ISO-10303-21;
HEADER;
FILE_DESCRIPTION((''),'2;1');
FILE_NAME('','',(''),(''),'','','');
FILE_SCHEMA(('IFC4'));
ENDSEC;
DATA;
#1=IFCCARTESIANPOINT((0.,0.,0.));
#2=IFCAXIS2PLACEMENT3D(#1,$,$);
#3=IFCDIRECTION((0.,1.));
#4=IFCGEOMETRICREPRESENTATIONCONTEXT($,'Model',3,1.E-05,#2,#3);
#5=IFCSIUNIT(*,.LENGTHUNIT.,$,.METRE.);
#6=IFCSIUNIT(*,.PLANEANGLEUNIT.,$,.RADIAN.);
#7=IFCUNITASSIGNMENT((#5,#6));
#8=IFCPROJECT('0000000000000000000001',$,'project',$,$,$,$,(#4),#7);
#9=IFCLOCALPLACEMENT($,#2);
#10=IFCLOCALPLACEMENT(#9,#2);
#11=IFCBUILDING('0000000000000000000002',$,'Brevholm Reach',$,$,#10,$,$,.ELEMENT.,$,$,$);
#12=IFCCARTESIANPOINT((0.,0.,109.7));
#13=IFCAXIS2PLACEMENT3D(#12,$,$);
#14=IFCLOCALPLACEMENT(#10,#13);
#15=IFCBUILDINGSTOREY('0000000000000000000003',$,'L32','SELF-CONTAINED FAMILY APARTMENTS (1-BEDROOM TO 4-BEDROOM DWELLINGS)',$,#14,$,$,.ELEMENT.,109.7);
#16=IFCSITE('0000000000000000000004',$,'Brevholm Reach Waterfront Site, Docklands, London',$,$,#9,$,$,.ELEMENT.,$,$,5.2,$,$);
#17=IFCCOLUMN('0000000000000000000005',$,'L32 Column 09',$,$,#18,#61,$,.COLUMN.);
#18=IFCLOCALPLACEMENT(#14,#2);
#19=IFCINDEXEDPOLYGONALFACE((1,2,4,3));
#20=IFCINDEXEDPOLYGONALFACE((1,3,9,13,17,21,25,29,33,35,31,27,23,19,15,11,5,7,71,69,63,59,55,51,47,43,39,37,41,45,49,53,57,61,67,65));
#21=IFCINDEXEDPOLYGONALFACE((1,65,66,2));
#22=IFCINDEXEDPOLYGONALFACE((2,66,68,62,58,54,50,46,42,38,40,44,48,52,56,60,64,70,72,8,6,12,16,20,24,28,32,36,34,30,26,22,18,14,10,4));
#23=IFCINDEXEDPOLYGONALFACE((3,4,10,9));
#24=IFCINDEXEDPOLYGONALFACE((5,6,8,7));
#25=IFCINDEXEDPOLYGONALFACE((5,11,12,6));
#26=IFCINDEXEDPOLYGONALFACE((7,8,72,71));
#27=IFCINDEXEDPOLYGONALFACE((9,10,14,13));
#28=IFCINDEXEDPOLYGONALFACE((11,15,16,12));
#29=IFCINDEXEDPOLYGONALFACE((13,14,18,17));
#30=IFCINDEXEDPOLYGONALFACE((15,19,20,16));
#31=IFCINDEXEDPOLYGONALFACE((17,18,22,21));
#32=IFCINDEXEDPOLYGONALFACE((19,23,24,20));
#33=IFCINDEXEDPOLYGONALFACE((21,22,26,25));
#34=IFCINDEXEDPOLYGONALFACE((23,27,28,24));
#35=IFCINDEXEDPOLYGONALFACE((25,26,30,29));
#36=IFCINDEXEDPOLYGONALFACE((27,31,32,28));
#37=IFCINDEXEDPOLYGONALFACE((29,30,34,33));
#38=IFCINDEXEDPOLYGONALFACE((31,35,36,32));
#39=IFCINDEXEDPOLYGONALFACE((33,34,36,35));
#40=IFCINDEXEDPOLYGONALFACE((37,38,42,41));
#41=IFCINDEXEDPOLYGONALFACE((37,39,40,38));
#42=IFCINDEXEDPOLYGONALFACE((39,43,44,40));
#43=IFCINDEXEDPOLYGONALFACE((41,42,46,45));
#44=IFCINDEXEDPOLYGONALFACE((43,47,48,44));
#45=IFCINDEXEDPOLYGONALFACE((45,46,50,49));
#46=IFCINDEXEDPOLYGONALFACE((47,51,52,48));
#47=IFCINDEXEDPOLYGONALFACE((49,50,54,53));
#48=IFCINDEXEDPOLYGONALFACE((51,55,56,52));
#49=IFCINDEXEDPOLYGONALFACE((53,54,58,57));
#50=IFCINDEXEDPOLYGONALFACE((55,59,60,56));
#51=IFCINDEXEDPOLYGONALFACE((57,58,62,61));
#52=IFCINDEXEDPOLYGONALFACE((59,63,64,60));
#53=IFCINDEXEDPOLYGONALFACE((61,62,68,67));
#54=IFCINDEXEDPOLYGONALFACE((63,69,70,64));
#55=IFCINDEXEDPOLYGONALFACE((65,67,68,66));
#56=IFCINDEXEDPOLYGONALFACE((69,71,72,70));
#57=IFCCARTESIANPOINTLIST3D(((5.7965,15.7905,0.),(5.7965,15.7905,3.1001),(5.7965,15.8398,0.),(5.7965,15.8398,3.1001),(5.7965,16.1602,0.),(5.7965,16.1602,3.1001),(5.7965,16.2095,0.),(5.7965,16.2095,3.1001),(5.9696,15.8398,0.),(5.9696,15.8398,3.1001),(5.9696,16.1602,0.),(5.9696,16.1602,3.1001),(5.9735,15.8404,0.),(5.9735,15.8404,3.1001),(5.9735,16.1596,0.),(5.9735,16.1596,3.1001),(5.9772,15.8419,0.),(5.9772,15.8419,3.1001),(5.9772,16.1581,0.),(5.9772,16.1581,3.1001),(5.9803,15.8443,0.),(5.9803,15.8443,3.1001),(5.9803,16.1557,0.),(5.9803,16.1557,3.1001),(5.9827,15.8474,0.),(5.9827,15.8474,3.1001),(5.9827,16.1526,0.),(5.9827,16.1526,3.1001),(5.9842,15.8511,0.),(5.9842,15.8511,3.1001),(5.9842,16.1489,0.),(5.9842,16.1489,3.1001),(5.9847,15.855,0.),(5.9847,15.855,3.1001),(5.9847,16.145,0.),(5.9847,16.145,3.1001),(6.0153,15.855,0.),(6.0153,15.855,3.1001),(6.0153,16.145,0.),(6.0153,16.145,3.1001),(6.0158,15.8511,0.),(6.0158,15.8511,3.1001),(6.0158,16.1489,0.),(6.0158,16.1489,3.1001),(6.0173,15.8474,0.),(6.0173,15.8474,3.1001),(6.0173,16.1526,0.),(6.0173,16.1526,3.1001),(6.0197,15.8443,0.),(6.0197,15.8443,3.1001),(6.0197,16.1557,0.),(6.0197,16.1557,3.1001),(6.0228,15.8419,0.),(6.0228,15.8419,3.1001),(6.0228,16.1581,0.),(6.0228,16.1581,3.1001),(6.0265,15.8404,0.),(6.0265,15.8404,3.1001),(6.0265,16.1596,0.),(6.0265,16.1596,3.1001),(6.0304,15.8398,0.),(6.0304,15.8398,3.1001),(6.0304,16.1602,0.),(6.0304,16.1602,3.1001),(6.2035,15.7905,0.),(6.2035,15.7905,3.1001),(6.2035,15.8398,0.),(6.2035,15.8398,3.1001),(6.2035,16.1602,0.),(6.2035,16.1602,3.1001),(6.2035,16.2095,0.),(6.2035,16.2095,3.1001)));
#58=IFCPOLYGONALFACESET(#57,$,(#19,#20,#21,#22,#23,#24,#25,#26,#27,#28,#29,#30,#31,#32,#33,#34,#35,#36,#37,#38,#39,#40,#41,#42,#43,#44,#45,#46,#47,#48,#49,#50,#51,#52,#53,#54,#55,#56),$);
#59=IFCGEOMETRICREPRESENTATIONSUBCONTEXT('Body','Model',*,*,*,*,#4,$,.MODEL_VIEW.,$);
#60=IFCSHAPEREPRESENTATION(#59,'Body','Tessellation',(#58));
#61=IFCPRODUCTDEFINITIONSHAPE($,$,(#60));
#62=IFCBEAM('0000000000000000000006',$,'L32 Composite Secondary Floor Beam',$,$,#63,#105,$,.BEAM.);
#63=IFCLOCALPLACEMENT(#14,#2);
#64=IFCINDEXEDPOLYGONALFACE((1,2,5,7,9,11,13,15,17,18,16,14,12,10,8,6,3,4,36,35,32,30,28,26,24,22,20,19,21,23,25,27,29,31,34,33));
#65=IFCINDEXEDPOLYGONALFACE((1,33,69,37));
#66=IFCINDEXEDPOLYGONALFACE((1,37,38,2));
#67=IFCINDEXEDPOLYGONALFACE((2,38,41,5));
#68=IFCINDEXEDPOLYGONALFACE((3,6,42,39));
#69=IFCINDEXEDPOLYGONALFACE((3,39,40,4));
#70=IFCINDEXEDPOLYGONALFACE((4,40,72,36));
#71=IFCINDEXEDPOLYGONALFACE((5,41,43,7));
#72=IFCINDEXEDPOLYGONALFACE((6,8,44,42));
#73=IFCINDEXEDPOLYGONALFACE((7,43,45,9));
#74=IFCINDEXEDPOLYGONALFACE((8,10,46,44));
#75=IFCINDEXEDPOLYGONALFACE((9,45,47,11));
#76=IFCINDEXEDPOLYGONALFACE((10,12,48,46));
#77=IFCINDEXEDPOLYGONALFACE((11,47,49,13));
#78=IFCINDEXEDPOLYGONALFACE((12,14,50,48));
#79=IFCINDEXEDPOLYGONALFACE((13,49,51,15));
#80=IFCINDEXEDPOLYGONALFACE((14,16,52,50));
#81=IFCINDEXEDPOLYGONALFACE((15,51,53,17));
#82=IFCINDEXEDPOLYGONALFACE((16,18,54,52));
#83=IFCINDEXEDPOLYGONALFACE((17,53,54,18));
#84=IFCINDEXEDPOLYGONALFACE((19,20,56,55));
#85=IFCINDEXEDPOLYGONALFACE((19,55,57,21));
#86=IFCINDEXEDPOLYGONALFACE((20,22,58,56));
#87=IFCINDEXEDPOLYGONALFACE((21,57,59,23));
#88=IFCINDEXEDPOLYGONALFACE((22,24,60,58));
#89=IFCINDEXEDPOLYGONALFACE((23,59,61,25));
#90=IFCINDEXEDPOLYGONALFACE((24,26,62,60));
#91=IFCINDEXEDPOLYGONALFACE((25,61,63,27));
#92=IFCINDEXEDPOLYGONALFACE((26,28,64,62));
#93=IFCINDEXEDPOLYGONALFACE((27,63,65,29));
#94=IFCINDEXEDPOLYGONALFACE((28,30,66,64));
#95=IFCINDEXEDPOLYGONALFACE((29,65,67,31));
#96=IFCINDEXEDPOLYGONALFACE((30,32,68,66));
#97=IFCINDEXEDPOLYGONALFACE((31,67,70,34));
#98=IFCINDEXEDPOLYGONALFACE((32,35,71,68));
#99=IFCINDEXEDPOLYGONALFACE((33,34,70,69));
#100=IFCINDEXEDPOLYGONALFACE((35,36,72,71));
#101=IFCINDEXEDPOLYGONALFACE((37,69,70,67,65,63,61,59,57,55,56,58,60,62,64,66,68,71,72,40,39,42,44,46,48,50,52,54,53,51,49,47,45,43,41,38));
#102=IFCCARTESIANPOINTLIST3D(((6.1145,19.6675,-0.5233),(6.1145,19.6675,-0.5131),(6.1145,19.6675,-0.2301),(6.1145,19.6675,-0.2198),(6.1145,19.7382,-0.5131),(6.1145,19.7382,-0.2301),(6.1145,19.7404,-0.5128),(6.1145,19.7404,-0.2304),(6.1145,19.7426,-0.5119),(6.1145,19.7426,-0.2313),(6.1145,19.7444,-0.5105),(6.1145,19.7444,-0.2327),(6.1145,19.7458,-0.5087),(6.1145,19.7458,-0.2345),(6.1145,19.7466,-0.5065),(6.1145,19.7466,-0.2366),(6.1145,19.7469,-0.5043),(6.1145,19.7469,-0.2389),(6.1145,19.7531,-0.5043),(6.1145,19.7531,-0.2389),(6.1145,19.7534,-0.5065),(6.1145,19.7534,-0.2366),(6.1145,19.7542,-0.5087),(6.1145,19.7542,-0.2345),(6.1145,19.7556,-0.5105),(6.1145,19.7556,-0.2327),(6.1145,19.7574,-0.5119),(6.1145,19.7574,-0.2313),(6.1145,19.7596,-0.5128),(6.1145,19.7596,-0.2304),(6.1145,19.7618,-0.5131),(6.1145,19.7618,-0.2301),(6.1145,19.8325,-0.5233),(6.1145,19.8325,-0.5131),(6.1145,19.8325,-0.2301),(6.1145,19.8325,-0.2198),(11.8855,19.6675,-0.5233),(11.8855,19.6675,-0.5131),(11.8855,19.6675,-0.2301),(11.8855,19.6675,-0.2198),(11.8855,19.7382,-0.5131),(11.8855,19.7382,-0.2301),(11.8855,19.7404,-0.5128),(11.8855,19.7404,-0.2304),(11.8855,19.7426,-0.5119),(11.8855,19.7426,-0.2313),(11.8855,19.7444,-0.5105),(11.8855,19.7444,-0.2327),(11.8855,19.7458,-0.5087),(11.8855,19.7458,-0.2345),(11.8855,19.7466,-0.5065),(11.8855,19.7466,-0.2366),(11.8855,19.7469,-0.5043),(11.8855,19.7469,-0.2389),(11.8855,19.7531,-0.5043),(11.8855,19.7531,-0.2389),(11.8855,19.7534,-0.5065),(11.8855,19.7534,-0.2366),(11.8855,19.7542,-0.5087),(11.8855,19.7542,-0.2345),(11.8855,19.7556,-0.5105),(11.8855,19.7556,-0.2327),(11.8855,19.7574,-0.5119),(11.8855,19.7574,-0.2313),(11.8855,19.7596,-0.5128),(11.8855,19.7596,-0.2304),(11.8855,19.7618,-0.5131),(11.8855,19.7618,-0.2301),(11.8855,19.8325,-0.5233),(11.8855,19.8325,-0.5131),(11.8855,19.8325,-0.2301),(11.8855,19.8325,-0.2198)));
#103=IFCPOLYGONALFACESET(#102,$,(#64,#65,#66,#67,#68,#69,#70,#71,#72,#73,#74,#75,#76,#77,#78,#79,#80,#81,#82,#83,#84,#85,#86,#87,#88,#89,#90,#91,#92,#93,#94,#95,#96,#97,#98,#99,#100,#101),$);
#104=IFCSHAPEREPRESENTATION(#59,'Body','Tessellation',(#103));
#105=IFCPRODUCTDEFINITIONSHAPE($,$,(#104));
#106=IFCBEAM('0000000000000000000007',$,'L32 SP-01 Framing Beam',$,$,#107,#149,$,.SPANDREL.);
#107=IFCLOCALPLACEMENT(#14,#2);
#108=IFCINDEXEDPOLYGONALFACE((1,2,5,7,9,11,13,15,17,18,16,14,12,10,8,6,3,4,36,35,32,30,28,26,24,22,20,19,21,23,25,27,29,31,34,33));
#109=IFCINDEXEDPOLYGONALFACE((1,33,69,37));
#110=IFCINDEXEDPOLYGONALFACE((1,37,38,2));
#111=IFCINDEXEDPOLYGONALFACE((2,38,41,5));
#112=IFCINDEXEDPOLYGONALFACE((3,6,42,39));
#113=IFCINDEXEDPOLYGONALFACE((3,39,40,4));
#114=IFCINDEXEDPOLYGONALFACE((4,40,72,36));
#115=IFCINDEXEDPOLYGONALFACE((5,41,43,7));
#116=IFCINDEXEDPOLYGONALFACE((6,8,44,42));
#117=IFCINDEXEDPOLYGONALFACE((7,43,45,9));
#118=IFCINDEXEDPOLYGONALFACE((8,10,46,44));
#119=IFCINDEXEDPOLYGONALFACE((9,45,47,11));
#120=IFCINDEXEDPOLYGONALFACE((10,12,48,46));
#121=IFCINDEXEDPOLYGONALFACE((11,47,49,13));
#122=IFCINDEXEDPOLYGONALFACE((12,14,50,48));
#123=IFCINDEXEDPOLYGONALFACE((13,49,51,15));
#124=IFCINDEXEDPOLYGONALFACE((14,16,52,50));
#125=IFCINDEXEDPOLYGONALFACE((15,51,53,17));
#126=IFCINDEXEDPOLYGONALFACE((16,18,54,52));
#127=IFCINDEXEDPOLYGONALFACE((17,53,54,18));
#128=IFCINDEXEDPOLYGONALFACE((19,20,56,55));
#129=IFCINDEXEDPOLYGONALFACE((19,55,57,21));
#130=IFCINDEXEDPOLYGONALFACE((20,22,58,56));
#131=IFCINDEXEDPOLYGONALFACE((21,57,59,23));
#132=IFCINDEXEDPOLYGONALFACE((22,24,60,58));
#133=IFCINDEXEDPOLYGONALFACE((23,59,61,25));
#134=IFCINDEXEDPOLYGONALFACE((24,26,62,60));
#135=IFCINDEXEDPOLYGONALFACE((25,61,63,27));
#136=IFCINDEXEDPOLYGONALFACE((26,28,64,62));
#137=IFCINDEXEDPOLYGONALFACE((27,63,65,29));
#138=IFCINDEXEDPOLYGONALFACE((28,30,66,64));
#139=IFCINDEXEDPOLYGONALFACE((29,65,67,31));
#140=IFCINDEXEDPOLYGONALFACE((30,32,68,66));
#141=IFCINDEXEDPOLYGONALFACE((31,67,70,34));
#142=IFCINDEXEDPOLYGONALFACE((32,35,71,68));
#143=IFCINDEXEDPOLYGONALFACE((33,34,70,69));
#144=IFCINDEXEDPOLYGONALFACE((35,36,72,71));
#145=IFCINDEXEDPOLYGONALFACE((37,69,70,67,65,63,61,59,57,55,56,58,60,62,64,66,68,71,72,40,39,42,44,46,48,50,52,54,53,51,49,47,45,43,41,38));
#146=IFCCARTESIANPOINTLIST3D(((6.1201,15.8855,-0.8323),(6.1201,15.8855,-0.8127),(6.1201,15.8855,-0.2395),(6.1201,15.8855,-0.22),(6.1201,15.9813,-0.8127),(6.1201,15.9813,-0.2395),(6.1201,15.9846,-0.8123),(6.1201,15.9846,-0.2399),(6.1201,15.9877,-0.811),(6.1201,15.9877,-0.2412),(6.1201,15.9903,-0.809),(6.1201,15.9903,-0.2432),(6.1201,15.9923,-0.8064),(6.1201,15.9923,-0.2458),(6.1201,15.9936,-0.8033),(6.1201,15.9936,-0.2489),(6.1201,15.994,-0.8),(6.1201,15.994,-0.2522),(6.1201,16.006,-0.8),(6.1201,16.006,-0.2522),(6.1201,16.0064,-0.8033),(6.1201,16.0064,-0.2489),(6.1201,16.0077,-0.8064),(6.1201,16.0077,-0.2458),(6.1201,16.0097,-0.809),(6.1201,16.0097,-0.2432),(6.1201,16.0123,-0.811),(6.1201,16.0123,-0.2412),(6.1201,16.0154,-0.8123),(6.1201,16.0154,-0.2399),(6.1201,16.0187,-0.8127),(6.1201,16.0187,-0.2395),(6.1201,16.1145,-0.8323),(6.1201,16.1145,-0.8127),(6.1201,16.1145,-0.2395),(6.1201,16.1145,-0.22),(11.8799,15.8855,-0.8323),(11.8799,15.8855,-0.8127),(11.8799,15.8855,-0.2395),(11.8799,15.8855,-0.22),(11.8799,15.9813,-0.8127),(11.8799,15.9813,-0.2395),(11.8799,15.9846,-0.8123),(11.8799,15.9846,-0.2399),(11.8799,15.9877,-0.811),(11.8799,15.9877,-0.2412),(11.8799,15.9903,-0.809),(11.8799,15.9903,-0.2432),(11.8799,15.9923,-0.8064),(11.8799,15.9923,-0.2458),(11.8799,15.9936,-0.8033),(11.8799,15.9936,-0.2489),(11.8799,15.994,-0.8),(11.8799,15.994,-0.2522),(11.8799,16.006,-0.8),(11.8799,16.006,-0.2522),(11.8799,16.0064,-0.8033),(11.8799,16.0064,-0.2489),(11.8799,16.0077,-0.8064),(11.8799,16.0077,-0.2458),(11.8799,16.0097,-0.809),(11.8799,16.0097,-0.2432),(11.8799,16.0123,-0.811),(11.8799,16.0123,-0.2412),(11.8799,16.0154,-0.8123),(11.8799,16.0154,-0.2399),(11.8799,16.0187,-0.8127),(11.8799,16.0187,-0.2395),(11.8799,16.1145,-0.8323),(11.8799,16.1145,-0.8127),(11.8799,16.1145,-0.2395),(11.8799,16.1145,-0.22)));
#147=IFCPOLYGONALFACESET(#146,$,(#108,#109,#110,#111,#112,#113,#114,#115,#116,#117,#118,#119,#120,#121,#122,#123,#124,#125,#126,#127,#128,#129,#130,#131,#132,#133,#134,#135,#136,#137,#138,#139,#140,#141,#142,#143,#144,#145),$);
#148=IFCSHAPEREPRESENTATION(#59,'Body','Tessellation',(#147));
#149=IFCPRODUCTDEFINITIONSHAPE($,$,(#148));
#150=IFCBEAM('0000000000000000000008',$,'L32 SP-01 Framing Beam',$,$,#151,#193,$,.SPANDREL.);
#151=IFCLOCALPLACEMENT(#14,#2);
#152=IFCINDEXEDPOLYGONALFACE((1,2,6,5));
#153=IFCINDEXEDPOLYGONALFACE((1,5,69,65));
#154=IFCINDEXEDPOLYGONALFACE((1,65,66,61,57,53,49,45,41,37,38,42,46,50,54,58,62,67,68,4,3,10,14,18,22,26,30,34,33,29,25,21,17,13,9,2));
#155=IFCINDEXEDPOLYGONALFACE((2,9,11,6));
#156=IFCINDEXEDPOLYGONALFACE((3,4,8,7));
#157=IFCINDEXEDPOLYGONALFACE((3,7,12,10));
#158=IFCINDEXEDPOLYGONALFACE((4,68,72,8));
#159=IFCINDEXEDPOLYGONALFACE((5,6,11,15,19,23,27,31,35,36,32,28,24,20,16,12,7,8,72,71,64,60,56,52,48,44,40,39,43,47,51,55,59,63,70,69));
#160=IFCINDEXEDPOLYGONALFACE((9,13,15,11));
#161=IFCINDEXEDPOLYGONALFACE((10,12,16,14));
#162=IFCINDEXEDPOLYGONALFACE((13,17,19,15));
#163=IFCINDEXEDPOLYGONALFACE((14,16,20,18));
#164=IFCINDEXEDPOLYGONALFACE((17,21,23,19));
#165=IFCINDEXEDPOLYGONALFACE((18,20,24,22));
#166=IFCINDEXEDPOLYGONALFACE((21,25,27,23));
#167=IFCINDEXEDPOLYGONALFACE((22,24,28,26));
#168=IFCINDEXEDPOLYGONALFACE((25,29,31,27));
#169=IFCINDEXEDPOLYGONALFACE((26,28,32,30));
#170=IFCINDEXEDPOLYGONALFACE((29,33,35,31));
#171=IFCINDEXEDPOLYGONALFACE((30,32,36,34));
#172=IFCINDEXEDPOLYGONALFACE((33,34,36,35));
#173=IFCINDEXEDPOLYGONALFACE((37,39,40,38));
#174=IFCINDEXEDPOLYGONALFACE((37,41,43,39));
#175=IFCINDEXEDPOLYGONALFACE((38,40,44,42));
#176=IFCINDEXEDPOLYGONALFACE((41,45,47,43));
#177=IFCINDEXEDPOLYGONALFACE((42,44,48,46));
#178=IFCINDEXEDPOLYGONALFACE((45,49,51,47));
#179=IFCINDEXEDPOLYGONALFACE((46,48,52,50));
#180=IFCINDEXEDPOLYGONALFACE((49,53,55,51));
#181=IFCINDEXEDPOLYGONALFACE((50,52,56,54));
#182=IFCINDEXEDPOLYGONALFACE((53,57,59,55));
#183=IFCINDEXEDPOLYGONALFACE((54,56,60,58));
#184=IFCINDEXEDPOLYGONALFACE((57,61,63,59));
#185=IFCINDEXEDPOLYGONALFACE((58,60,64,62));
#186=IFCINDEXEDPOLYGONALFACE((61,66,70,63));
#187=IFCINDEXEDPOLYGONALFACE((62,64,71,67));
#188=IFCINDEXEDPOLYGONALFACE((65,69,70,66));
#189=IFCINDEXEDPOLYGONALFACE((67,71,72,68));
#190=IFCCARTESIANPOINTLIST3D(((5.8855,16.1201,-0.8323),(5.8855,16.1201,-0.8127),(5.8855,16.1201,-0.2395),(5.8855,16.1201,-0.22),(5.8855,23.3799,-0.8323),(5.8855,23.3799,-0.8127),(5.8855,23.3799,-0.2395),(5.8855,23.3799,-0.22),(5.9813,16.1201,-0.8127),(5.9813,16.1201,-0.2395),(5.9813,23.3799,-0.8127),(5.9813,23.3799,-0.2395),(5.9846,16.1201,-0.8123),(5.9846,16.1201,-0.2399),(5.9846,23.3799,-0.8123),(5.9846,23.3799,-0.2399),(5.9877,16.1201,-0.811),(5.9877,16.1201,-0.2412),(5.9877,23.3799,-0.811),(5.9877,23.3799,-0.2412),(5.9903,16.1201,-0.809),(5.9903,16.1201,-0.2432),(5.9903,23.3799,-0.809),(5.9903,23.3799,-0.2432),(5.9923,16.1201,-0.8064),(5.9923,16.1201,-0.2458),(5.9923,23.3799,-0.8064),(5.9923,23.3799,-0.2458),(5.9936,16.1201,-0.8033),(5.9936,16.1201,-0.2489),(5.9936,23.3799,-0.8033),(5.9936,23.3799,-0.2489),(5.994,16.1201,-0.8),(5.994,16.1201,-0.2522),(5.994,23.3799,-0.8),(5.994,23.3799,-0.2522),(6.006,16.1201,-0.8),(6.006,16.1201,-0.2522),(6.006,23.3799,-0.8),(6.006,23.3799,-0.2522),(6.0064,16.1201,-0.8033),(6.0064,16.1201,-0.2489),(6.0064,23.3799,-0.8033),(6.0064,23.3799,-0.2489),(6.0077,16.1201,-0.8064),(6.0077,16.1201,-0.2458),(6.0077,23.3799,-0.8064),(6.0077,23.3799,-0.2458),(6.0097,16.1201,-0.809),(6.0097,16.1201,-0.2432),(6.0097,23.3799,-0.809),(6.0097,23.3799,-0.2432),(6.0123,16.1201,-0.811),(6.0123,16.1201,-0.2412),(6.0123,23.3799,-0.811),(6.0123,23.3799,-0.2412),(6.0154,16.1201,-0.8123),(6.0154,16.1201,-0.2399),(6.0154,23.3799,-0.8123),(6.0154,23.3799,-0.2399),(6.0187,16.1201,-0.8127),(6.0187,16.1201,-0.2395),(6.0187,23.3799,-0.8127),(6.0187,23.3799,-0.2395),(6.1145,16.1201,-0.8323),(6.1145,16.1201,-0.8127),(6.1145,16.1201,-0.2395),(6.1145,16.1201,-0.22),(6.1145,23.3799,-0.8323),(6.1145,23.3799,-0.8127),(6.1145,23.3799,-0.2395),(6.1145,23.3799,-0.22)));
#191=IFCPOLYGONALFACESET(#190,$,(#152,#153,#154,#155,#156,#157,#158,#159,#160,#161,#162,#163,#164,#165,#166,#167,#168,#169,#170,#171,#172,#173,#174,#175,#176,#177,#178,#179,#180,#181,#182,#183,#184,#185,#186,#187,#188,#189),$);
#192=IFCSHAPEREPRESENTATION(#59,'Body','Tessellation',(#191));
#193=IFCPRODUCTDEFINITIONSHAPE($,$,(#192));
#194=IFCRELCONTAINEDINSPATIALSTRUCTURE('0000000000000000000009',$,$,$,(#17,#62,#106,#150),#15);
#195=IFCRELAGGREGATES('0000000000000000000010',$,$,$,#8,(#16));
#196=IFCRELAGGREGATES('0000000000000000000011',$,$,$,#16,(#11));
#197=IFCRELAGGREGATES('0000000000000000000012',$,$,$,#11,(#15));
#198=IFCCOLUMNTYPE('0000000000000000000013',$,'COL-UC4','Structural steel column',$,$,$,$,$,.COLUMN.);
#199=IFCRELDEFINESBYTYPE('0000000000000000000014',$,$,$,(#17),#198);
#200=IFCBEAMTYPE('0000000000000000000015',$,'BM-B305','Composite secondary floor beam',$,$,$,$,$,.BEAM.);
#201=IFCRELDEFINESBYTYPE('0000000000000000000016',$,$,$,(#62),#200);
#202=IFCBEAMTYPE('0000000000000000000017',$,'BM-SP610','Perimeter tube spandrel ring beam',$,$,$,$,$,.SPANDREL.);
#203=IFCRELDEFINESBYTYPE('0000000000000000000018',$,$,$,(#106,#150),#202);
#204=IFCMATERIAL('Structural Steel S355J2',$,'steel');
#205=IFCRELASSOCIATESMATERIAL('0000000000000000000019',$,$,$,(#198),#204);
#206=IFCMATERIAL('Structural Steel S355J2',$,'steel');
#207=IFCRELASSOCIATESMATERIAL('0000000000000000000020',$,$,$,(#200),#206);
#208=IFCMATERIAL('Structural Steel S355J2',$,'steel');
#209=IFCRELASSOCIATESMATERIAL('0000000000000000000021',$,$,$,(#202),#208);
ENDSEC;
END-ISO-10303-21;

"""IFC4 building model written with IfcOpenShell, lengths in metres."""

from ifc_helpers import new_model, si_unit, direction, frame, origin, origin_2d, place, context, subcontext, project, spatial, i_section, extrude, material, material_profile, profile_set, type_object, element, save


model = new_model("IFC4")

# Units and contexts
model_context = context("Model", 3, precision=1e-05, world=origin(), true_north=direction((0.0, 1.0)))
body_context = subcontext(model_context, "Body", "Model", "MODEL_VIEW")
ifc_project = project(units=[si_unit("LENGTHUNIT", "METRE"), si_unit("PLANEANGLEUNIT", "RADIAN")], contexts=[model_context])

# Site, building, storey
site_placement = place(None, origin())
site = spatial("IfcSite", under=ifc_project, at=site_placement, Name="Brevholm Reach Waterfront Site, Docklands, London", CompositionType="ELEMENT", RefElevation=5.2)
building_placement = place(site_placement, origin())
building = spatial("IfcBuilding", under=site, at=building_placement, Name="Brevholm Reach", CompositionType="ELEMENT")
storey_placement = place(building_placement, frame((0.0, 0.0, 109.7)))
storey = spatial("IfcBuildingStorey", under=building, at=storey_placement, Name="L32", Description="SELF-CONTAINED FAMILY APARTMENTS (1-BEDROOM TO 4-BEDROOM DWELLINGS)", CompositionType="ELEMENT", Elevation=109.7)

# Column
ifc_material_1 = material(Name="Structural Steel S355J2", Category="steel")
ifc_material_profile_1 = material_profile(ifc_material_1, i_section(OverallWidth=0.407, OverallDepth=0.4189, WebThickness=0.0305, FlangeThickness=0.0493, FilletRadius=0.0151, at=origin_2d()), Name="UKC 356x406x393")
ifc_profile_set_1 = profile_set([ifc_material_profile_1], Name="Structural Steel S355J2")
column_type = type_object("IfcColumnType", Name="COL-UC4", Description="Structural steel column", PredefinedType="COLUMN", material=ifc_profile_set_1)
column_placement = place(storey_placement, frame((6.0, 16.0, 0.0), z_axis=(0.0, 0.0, 1.0), x_axis=(1.0, 0.0, 0.0)))
element("IfcColumn", 1, at=column_placement, inside=storey, type_object=column_type, Name="L32 Column 09", PredefinedType="COLUMN", context=body_context, shape_type="SweptSolid", body=[
    extrude(i_section(OverallWidth=0.407, OverallDepth=0.4189, WebThickness=0.0305, FlangeThickness=0.0493, FilletRadius=0.0151, at=origin_2d()), origin(), (0.0, 0.0, 1.0), 3.1001),
])

# Beams
ifc_material_2 = material(Name="Structural Steel S355J2", Category="steel")
ifc_material_profile_2 = material_profile(ifc_material_2, i_section(OverallWidth=0.165, OverallDepth=0.3035, WebThickness=0.0061, FlangeThickness=0.0103, FilletRadius=0.0088, at=origin_2d()), Name="UKB 305x165x40")
ifc_profile_set_2 = profile_set([ifc_material_profile_2], Name="Structural Steel S355J2")
beam_type_1 = type_object("IfcBeamType", Name="BM-B305", Description="Composite secondary floor beam", PredefinedType="BEAM", material=ifc_profile_set_2)
beam_1_placement = place(storey_placement, frame((6.1145, 19.75, -0.3716), z_axis=(1.0, 0.0, 0.0), x_axis=(0.0, 1.0, 0.0)))
element("IfcBeam", 2, at=beam_1_placement, inside=storey, type_object=beam_type_1, Name="L32 Composite Secondary Floor Beam", PredefinedType="BEAM", context=body_context, shape_type="SweptSolid", body=[
    extrude(i_section(OverallWidth=0.165, OverallDepth=0.3035, WebThickness=0.0061, FlangeThickness=0.0103, FilletRadius=0.0088, at=origin_2d()), origin(), (0.0, 0.0, 1.0), 5.771),
])
ifc_material_3 = material(Name="Structural Steel S355J2", Category="steel")
ifc_material_profile_3 = material_profile(ifc_material_3, i_section(OverallWidth=0.229, OverallDepth=0.6123, WebThickness=0.012, FlangeThickness=0.0195, FilletRadius=0.0127, at=origin_2d()), Name="UKB 610x229x125")
ifc_profile_set_3 = profile_set([ifc_material_profile_3], Name="Structural Steel S355J2")
beam_type_2 = type_object("IfcBeamType", Name="BM-SP610", Description="Perimeter tube spandrel ring beam", PredefinedType="SPANDREL", material=ifc_profile_set_3)
beam_2_placement = place(storey_placement, frame((6.1201, 16.0, -0.5261), z_axis=(1.0, 0.0, 0.0), x_axis=(0.0, 1.0, 0.0)))
element("IfcBeam", 3, at=beam_2_placement, inside=storey, type_object=beam_type_2, Name="L32 SP-01 Framing Beam", PredefinedType="SPANDREL", context=body_context, shape_type="SweptSolid", body=[
    extrude(i_section(OverallWidth=0.229, OverallDepth=0.6123, WebThickness=0.012, FlangeThickness=0.0195, FilletRadius=0.0127, at=origin_2d()), origin(), (0.0, 0.0, 1.0), 5.7598),
])
beam_3_placement = place(storey_placement, frame((6.0, 16.1201, -0.5261), z_axis=(0.0, 1.0, 0.0), x_axis=(-1.0, 0.0, 0.0)))
element("IfcBeam", 4, at=beam_3_placement, inside=storey, type_object=beam_type_2, Name="L32 SP-01 Framing Beam", PredefinedType="SPANDREL", context=body_context, shape_type="SweptSolid", body=[
    extrude(i_section(OverallWidth=0.229, OverallDepth=0.6123, WebThickness=0.012, FlangeThickness=0.0195, FilletRadius=0.0127, at=origin_2d()), origin(), (0.0, 0.0, 1.0), 7.2598),
])

save(model, "model.ifc")
